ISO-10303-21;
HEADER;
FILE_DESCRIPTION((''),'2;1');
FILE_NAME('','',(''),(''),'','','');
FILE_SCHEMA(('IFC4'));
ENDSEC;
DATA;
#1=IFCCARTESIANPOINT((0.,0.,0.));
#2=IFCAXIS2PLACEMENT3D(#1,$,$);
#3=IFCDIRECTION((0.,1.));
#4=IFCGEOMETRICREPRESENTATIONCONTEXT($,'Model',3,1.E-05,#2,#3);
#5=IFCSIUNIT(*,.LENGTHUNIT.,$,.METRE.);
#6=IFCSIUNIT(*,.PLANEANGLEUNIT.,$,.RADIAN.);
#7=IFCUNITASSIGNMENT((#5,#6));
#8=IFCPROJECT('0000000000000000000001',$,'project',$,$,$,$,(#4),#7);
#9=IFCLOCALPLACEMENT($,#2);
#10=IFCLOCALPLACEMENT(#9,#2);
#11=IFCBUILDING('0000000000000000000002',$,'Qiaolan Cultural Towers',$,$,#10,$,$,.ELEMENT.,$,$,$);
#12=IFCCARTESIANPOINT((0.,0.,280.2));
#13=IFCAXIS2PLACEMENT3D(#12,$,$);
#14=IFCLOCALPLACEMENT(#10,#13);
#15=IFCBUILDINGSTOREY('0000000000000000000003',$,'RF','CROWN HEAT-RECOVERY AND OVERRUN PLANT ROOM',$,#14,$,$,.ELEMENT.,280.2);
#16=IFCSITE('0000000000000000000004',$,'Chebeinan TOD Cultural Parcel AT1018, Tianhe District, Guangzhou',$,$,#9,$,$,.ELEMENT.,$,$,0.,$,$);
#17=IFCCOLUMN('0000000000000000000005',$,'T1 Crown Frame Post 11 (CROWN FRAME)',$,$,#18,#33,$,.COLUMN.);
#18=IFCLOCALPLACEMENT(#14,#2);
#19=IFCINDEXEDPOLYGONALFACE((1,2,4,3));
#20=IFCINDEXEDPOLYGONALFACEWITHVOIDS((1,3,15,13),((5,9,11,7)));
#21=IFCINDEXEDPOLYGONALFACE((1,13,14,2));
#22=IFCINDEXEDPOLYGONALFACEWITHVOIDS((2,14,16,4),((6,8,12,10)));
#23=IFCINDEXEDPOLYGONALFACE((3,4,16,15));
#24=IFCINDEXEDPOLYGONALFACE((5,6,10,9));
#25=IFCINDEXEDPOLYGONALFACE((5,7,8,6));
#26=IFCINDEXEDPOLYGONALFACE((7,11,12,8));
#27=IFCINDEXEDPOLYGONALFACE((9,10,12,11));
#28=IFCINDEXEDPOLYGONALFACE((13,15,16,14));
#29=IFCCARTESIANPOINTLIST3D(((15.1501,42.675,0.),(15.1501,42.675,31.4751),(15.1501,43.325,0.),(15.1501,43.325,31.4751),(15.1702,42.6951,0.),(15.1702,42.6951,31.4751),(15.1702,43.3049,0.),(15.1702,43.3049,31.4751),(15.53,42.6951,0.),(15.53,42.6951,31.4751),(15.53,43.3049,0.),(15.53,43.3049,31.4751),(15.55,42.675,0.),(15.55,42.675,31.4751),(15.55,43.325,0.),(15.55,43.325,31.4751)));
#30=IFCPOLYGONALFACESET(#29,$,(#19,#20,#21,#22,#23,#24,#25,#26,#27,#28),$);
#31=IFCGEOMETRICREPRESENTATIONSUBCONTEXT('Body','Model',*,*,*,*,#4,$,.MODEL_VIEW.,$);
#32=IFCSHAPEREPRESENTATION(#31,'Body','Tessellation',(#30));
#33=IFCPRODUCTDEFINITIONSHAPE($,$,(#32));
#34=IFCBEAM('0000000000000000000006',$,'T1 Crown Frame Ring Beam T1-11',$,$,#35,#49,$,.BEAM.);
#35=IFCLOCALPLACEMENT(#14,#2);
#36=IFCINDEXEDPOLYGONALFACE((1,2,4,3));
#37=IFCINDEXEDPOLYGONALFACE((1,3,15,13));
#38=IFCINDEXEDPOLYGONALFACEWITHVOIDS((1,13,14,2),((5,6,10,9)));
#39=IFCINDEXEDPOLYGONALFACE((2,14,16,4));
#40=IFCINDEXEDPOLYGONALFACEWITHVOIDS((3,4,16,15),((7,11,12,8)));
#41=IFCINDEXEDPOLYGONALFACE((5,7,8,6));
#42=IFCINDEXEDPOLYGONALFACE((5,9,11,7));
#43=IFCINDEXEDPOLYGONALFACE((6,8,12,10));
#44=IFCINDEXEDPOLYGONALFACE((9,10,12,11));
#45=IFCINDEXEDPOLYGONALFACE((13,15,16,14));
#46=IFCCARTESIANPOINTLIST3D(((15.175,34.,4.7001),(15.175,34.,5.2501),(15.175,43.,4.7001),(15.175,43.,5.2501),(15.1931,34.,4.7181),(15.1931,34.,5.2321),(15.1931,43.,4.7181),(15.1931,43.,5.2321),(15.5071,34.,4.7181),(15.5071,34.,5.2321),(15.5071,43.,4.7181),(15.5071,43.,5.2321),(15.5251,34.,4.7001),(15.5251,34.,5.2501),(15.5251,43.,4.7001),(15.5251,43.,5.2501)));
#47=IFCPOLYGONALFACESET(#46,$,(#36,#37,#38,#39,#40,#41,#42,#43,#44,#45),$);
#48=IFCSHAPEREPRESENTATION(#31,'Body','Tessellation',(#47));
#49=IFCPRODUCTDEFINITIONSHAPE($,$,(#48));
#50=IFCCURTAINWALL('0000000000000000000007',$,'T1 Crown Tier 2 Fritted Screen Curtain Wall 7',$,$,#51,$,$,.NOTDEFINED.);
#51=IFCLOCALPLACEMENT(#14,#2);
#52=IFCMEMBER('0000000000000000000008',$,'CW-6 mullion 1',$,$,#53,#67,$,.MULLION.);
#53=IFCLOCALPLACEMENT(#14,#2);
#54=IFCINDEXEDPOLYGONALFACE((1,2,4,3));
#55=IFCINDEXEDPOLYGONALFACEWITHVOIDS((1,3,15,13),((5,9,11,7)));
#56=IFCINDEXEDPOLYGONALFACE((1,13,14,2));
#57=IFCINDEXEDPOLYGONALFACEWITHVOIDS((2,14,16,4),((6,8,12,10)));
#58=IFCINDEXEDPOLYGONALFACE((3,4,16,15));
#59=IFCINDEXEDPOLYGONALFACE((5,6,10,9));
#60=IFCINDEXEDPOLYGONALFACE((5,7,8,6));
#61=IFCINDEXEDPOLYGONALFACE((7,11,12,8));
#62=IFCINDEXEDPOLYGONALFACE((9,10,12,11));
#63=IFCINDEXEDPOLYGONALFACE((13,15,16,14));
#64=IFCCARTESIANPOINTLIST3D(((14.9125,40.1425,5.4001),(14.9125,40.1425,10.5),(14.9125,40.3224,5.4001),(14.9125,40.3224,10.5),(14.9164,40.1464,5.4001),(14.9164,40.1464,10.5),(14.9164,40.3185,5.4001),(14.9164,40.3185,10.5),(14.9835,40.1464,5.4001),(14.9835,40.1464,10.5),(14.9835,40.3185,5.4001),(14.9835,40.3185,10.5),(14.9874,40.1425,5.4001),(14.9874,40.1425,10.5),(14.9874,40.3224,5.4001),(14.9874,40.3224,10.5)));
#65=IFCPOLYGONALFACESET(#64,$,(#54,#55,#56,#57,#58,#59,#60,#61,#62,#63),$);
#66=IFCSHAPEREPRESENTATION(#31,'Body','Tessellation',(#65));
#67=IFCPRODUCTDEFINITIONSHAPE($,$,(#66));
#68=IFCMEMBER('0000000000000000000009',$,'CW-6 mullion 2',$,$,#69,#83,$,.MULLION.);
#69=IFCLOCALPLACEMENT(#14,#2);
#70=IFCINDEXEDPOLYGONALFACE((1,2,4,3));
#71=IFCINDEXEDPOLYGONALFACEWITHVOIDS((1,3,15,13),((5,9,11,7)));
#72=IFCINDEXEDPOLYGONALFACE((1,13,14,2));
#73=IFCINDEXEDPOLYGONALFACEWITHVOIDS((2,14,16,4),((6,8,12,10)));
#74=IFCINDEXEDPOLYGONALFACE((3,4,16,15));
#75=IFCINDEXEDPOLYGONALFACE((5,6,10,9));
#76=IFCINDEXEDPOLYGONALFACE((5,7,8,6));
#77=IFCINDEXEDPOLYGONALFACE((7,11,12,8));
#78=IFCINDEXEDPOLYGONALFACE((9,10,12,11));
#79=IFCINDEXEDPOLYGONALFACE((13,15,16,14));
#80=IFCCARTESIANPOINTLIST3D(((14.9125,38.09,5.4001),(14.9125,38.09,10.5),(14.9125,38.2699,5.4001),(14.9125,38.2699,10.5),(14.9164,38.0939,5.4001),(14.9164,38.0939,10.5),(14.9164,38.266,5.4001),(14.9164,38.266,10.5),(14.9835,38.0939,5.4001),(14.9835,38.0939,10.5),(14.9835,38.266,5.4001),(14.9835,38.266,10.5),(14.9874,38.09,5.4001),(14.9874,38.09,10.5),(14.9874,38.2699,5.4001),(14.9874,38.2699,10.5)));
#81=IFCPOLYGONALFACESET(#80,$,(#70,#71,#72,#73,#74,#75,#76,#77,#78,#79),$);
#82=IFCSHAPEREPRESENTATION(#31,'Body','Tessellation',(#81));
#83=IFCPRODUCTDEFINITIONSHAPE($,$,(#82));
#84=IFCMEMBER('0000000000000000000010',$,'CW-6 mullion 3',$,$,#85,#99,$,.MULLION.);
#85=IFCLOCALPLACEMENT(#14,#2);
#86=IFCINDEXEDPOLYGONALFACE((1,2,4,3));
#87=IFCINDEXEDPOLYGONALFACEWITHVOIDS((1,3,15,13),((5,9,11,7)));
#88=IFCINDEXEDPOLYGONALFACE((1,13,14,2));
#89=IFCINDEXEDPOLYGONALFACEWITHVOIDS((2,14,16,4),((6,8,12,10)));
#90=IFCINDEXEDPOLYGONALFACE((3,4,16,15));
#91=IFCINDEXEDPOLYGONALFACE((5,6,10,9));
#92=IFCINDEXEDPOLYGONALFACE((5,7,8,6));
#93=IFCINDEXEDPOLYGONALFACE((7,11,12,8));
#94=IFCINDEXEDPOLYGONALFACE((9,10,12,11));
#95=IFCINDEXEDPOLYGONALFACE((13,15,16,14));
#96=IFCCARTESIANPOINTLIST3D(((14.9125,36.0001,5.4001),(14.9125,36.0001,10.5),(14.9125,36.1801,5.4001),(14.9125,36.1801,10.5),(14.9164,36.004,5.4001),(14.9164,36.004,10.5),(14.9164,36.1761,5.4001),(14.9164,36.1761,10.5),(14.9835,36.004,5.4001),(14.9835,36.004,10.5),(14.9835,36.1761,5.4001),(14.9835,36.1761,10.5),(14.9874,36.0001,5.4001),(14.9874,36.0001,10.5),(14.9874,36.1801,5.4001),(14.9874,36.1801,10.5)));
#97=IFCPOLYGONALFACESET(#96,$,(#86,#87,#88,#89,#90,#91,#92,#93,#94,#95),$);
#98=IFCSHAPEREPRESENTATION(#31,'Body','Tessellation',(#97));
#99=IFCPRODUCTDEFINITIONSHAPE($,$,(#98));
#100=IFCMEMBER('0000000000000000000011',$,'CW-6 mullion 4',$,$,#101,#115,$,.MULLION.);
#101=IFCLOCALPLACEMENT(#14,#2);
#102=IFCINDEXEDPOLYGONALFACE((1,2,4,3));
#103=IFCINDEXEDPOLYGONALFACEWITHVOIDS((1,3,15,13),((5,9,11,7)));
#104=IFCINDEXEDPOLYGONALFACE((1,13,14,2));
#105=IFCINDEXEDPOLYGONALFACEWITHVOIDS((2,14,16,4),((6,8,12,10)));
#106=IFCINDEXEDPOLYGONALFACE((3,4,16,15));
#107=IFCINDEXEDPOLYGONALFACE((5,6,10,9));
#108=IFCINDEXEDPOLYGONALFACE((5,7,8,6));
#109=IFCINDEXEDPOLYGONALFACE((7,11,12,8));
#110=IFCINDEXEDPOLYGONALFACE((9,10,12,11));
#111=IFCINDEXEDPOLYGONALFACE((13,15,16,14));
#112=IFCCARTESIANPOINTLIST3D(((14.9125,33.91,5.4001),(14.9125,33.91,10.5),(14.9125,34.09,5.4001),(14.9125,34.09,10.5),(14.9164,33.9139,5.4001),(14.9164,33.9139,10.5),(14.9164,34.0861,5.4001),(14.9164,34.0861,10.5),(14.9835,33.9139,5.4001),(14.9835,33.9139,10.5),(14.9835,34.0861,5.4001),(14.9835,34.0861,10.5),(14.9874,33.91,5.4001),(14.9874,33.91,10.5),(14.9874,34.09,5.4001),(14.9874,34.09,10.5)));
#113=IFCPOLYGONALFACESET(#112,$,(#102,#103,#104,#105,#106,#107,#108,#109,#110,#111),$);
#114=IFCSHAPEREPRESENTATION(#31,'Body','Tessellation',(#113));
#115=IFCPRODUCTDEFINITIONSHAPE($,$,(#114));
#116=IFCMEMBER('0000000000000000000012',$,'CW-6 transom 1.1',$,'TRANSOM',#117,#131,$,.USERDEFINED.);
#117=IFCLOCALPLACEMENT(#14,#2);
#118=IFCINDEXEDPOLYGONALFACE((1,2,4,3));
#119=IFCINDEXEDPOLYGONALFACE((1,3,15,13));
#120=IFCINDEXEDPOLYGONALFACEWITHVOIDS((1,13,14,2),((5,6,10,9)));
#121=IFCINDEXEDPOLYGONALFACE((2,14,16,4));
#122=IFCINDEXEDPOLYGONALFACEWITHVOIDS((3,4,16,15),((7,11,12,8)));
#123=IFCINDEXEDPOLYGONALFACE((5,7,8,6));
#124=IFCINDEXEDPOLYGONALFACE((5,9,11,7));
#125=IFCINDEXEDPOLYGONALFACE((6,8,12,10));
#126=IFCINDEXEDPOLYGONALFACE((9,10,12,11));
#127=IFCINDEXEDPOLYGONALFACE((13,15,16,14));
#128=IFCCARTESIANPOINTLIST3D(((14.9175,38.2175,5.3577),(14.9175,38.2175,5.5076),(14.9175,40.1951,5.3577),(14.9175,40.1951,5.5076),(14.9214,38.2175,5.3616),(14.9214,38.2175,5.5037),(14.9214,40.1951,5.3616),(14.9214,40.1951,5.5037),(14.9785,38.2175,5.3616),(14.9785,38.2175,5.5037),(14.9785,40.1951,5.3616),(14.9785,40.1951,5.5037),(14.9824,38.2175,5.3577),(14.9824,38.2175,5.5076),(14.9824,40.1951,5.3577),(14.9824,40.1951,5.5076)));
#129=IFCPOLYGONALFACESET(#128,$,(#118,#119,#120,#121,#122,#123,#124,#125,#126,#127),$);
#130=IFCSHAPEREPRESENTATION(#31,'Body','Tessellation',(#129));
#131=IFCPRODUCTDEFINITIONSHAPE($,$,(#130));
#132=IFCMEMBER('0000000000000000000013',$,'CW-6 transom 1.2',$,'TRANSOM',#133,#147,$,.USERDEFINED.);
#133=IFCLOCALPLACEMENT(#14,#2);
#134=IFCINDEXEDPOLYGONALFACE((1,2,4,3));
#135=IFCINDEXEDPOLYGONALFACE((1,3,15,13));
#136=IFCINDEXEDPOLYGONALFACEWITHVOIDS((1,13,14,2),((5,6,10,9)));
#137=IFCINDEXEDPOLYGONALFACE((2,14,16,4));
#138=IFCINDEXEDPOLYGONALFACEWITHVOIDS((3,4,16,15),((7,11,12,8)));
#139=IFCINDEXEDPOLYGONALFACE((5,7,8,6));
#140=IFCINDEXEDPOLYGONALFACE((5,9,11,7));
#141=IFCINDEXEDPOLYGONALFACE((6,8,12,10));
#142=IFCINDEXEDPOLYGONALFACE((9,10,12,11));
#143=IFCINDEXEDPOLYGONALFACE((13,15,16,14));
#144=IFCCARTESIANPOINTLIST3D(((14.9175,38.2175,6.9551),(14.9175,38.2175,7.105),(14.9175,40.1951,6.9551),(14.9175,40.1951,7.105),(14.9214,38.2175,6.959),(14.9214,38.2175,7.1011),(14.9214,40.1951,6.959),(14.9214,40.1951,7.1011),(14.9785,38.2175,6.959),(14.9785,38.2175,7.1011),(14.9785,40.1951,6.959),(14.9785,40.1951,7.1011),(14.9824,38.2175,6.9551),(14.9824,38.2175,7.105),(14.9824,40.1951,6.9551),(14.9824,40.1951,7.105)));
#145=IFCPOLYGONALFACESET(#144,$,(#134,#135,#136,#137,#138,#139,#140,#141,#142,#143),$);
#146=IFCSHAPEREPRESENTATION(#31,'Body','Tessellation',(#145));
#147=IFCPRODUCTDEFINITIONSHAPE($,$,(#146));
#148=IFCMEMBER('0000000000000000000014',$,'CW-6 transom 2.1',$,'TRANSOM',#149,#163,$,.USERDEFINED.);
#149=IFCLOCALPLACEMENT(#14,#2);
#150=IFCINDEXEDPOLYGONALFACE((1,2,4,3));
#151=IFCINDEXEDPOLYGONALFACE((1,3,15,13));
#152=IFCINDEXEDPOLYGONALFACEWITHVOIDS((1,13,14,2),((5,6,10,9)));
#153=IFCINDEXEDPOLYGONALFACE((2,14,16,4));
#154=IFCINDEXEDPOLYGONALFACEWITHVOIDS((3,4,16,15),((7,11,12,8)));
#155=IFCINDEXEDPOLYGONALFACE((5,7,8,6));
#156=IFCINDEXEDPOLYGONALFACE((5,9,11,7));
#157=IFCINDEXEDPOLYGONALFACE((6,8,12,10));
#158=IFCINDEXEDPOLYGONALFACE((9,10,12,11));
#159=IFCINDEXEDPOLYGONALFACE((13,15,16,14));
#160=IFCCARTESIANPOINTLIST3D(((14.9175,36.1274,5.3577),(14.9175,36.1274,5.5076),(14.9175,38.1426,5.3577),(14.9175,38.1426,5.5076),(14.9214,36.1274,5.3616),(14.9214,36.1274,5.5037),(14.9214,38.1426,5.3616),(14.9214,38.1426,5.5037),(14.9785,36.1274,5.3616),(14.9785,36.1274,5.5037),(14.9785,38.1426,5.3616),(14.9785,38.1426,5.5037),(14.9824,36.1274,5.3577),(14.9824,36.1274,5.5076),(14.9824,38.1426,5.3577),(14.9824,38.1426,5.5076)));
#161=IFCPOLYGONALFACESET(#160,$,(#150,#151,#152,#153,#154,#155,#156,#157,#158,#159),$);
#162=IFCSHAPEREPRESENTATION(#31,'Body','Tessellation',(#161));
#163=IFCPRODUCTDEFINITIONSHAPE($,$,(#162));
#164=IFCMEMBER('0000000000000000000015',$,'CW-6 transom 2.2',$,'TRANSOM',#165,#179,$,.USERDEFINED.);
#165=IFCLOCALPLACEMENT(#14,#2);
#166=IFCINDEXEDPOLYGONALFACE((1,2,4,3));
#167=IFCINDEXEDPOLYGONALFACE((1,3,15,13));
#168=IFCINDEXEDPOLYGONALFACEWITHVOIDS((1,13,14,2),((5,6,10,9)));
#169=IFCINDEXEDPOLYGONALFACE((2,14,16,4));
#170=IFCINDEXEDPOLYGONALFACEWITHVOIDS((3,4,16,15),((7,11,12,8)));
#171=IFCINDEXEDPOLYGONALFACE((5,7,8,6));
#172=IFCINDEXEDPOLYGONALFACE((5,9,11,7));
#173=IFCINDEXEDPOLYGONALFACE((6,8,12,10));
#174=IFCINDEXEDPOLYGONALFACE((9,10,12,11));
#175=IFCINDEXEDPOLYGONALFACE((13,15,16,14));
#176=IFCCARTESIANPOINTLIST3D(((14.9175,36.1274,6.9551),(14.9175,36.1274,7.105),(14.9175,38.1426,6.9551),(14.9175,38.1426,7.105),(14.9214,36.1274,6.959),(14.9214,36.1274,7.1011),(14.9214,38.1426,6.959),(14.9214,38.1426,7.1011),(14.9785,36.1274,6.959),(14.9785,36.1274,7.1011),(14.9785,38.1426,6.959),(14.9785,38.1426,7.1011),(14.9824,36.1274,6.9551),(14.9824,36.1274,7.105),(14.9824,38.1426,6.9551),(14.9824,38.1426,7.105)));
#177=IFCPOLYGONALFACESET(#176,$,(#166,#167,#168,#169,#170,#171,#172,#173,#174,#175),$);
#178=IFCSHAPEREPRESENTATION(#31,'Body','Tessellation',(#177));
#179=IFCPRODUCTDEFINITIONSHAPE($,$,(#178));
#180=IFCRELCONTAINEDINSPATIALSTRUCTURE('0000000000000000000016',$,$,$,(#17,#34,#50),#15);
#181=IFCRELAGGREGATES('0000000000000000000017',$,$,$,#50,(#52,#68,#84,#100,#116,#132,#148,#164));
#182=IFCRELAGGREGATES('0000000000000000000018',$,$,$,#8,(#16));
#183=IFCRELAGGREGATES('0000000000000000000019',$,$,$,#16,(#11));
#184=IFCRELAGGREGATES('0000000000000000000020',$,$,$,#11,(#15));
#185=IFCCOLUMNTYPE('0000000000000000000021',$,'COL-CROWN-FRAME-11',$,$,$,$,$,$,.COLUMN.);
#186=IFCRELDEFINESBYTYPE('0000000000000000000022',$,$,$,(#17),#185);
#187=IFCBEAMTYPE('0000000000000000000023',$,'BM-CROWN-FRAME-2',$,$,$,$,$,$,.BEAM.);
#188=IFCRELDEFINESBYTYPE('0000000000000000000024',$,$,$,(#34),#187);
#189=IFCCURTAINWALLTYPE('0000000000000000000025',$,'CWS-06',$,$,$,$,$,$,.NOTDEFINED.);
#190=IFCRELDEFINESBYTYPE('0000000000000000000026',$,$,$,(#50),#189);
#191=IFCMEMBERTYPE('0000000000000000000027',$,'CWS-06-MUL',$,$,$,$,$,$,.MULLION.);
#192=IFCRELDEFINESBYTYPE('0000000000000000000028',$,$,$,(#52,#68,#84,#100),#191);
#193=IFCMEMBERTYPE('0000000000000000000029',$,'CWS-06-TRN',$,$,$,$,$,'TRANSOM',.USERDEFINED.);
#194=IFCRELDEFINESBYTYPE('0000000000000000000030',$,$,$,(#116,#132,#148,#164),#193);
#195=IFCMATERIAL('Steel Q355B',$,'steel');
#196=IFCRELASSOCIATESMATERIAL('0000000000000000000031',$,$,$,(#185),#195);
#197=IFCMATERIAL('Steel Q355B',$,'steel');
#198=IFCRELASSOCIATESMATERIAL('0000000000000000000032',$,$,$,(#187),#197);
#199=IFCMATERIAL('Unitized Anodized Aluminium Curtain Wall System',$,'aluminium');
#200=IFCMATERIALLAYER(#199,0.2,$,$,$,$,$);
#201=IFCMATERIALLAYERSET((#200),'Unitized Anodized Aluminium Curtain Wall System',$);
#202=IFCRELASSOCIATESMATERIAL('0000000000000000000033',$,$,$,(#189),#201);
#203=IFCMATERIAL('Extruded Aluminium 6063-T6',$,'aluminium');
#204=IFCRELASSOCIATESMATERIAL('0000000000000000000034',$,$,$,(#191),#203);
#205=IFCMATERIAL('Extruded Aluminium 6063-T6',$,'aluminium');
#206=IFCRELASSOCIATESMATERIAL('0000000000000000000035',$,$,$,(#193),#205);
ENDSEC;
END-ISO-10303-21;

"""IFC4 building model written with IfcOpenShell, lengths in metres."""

from ifc_helpers import new_model, si_unit, direction, frame, origin, origin_2d, place, context, subcontext, project, spatial, hollow_rectangle, extrude, material, layer, layer_set, material_profile, profile_set, type_object, element, aggregate, save


model = new_model("IFC4")

# Units and contexts
model_context = context("Model", 3, precision=1e-05, world=origin(), true_north=direction((0.0, 1.0)))
body_context = subcontext(model_context, "Body", "Model", "MODEL_VIEW")
ifc_project = project(units=[si_unit("LENGTHUNIT", "METRE"), si_unit("PLANEANGLEUNIT", "RADIAN")], contexts=[model_context])

# Site, building, storey
site_placement = place(None, origin())
site = spatial("IfcSite", under=ifc_project, at=site_placement, Name="Chebeinan TOD Cultural Parcel AT1018, Tianhe District, Guangzhou", CompositionType="ELEMENT", RefElevation=0.0)
building_placement = place(site_placement, origin())
building = spatial("IfcBuilding", under=site, at=building_placement, Name="Qiaolan Cultural Towers", CompositionType="ELEMENT")
storey_placement = place(building_placement, frame((0.0, 0.0, 280.2)))
storey = spatial("IfcBuildingStorey", under=building, at=storey_placement, Name="RF", Description="CROWN HEAT-RECOVERY AND OVERRUN PLANT ROOM", CompositionType="ELEMENT", Elevation=280.2)

# Column
ifc_material_1 = material(Name="Steel Q355B", Category="steel")
ifc_material_profile_1 = material_profile(ifc_material_1, hollow_rectangle(XDim=0.3999, YDim=0.6499, WallThickness=0.02, at=origin_2d()), Name="BOX650x400x20")
ifc_profile_set_1 = profile_set([ifc_material_profile_1], Name="Steel Q355B")
column_type = type_object("IfcColumnType", Name="COL-CROWN-FRAME-11", PredefinedType="COLUMN", material=ifc_profile_set_1)
column_placement = place(storey_placement, frame((15.3501, 43.0, 0.0), z_axis=(0.0, 0.0, 1.0), x_axis=(1.0, 0.0, 0.0)))
element("IfcColumn", 1, at=column_placement, inside=storey, type_object=column_type, Name="T1 Crown Frame Post 11 (CROWN FRAME)", PredefinedType="COLUMN", context=body_context, shape_type="SweptSolid", body=[
    extrude(hollow_rectangle(XDim=0.3999, YDim=0.6499, WallThickness=0.02, at=origin_2d()), origin(), (0.0, 0.0, 1.0), 31.4751),
])

# Beam
ifc_material_2 = material(Name="Steel Q355B", Category="steel")
ifc_material_profile_2 = material_profile(ifc_material_2, hollow_rectangle(XDim=0.3501, YDim=0.55, WallThickness=0.0181, at=origin_2d()), Name="BOX550x350x18")
ifc_profile_set_2 = profile_set([ifc_material_profile_2], Name="Steel Q355B")
beam_type = type_object("IfcBeamType", Name="BM-CROWN-FRAME-2", PredefinedType="BEAM", material=ifc_profile_set_2)
beam_placement = place(storey_placement, frame((15.3501, 43.0, 4.9751), z_axis=(0.0, -1.0, 0.0), x_axis=(1.0, 0.0, 0.0)))
element("IfcBeam", 2, at=beam_placement, inside=storey, type_object=beam_type, Name="T1 Crown Frame Ring Beam T1-11", PredefinedType="BEAM", context=body_context, shape_type="SweptSolid", body=[
    extrude(hollow_rectangle(XDim=0.3501, YDim=0.55, WallThickness=0.0181, at=origin_2d()), origin(), (0.0, 0.0, 1.0), 9.0),
])

# Curtain wall, members
ifc_material_3 = material(Name="Unitized Anodized Aluminium Curtain Wall System", Category="aluminium")
ifc_layer_1 = layer(ifc_material_3, 0.2)
ifc_layer_set_1 = layer_set([ifc_layer_1], Name="Unitized Anodized Aluminium Curtain Wall System")
curtain_wall_type = type_object("IfcCurtainWallType", Name="CWS-06", PredefinedType="NOTDEFINED", material=ifc_layer_set_1)
curtain_wall_placement = place(storey_placement, origin())
curtain_wall = element("IfcCurtainWall", 3, at=curtain_wall_placement, inside=storey, type_object=curtain_wall_type, Name="T1 Crown Tier 2 Fritted Screen Curtain Wall 7", PredefinedType="NOTDEFINED")
ifc_material_4 = material(Name="Extruded Aluminium 6063-T6", Category="aluminium")
ifc_material_profile_3 = material_profile(ifc_material_4, hollow_rectangle(XDim=0.075, YDim=0.1799, WallThickness=0.0039, at=origin_2d()), Name="CWM-180x75x4")
ifc_profile_set_3 = profile_set([ifc_material_profile_3], Name="Extruded Aluminium 6063-T6")
member_type_1 = type_object("IfcMemberType", Name="CWS-06-MUL", PredefinedType="MULLION", material=ifc_profile_set_3)
member_1_placement = place(storey_placement, frame((14.95, 40.2324, 5.4001), z_axis=(0.0, 0.0, 1.0), x_axis=(1.0, 0.0, 0.0)))
member_1 = element("IfcMember", 4, at=member_1_placement, type_object=member_type_1, Name="CW-6 mullion 1", PredefinedType="MULLION", context=body_context, shape_type="SweptSolid", body=[
    extrude(hollow_rectangle(XDim=0.075, YDim=0.1799, WallThickness=0.0039, at=origin_2d()), origin(), (0.0, 0.0, 1.0), 5.0999),
])
member_2_placement = place(storey_placement, frame((14.95, 38.1799, 5.4001), z_axis=(0.0, 0.0, 1.0), x_axis=(1.0, 0.0, 0.0)))
member_2 = element("IfcMember", 5, at=member_2_placement, type_object=member_type_1, Name="CW-6 mullion 2", PredefinedType="MULLION", context=body_context, shape_type="SweptSolid", body=[
    extrude(hollow_rectangle(XDim=0.075, YDim=0.1799, WallThickness=0.0039, at=origin_2d()), origin(), (0.0, 0.0, 1.0), 5.0999),
])
member_3_placement = place(storey_placement, frame((14.95, 36.0901, 5.4001), z_axis=(0.0, 0.0, 1.0), x_axis=(1.0, 0.0, 0.0)))
member_3 = element("IfcMember", 6, at=member_3_placement, type_object=member_type_1, Name="CW-6 mullion 3", PredefinedType="MULLION", context=body_context, shape_type="SweptSolid", body=[
    extrude(hollow_rectangle(XDim=0.075, YDim=0.1799, WallThickness=0.0039, at=origin_2d()), origin(), (0.0, 0.0, 1.0), 5.0999),
])
member_4_placement = place(storey_placement, frame((14.95, 34.0, 5.4001), z_axis=(0.0, 0.0, 1.0), x_axis=(1.0, 0.0, 0.0)))
member_4 = element("IfcMember", 7, at=member_4_placement, type_object=member_type_1, Name="CW-6 mullion 4", PredefinedType="MULLION", context=body_context, shape_type="SweptSolid", body=[
    extrude(hollow_rectangle(XDim=0.075, YDim=0.1799, WallThickness=0.0039, at=origin_2d()), origin(), (0.0, 0.0, 1.0), 5.0999),
])
ifc_material_5 = material(Name="Extruded Aluminium 6063-T6", Category="aluminium")
ifc_material_profile_4 = material_profile(ifc_material_5, hollow_rectangle(XDim=0.0649, YDim=0.1499, WallThickness=0.0039, at=origin_2d()), Name="CWT-150x65x4")
ifc_profile_set_4 = profile_set([ifc_material_profile_4], Name="Extruded Aluminium 6063-T6")
member_type_2 = type_object("IfcMemberType", Name="CWS-06-TRN", ElementType="TRANSOM", PredefinedType="USERDEFINED", material=ifc_profile_set_4)
member_5_placement = place(storey_placement, frame((14.95, 40.1951, 5.4326), z_axis=(0.0, -1.0, 0.0), x_axis=(1.0, 0.0, 0.0)))
member_5 = element("IfcMember", 8, at=member_5_placement, type_object=member_type_2, Name="CW-6 transom 1.1", ObjectType="TRANSOM", PredefinedType="USERDEFINED", context=body_context, shape_type="SweptSolid", body=[
    extrude(hollow_rectangle(XDim=0.0649, YDim=0.1499, WallThickness=0.0039, at=origin_2d()), origin(), (0.0, 0.0, 1.0), 1.9775),
])
member_6_placement = place(storey_placement, frame((14.95, 40.1951, 7.03), z_axis=(0.0, -1.0, 0.0), x_axis=(1.0, 0.0, 0.0)))
member_6 = element("IfcMember", 9, at=member_6_placement, type_object=member_type_2, Name="CW-6 transom 1.2", ObjectType="TRANSOM", PredefinedType="USERDEFINED", context=body_context, shape_type="SweptSolid", body=[
    extrude(hollow_rectangle(XDim=0.0649, YDim=0.1499, WallThickness=0.0039, at=origin_2d()), origin(), (0.0, 0.0, 1.0), 1.9775),
])
member_7_placement = place(storey_placement, frame((14.95, 38.1426, 5.4326), z_axis=(0.0, -1.0, 0.0), x_axis=(1.0, 0.0, 0.0)))
member_7 = element("IfcMember", 10, at=member_7_placement, type_object=member_type_2, Name="CW-6 transom 2.1", ObjectType="TRANSOM", PredefinedType="USERDEFINED", context=body_context, shape_type="SweptSolid", body=[
    extrude(hollow_rectangle(XDim=0.0649, YDim=0.1499, WallThickness=0.0039, at=origin_2d()), origin(), (0.0, 0.0, 1.0), 2.0151),
])
member_8_placement = place(storey_placement, frame((14.95, 38.1426, 7.03), z_axis=(0.0, -1.0, 0.0), x_axis=(1.0, 0.0, 0.0)))
member_8 = element("IfcMember", 11, at=member_8_placement, type_object=member_type_2, Name="CW-6 transom 2.2", ObjectType="TRANSOM", PredefinedType="USERDEFINED", context=body_context, shape_type="SweptSolid", body=[
    extrude(hollow_rectangle(XDim=0.0649, YDim=0.1499, WallThickness=0.0039, at=origin_2d()), origin(), (0.0, 0.0, 1.0), 2.0151),
])
aggregate(curtain_wall, [member_1, member_2, member_3, member_4, member_5, member_6, member_7, member_8])

save(model, "model.ifc")
